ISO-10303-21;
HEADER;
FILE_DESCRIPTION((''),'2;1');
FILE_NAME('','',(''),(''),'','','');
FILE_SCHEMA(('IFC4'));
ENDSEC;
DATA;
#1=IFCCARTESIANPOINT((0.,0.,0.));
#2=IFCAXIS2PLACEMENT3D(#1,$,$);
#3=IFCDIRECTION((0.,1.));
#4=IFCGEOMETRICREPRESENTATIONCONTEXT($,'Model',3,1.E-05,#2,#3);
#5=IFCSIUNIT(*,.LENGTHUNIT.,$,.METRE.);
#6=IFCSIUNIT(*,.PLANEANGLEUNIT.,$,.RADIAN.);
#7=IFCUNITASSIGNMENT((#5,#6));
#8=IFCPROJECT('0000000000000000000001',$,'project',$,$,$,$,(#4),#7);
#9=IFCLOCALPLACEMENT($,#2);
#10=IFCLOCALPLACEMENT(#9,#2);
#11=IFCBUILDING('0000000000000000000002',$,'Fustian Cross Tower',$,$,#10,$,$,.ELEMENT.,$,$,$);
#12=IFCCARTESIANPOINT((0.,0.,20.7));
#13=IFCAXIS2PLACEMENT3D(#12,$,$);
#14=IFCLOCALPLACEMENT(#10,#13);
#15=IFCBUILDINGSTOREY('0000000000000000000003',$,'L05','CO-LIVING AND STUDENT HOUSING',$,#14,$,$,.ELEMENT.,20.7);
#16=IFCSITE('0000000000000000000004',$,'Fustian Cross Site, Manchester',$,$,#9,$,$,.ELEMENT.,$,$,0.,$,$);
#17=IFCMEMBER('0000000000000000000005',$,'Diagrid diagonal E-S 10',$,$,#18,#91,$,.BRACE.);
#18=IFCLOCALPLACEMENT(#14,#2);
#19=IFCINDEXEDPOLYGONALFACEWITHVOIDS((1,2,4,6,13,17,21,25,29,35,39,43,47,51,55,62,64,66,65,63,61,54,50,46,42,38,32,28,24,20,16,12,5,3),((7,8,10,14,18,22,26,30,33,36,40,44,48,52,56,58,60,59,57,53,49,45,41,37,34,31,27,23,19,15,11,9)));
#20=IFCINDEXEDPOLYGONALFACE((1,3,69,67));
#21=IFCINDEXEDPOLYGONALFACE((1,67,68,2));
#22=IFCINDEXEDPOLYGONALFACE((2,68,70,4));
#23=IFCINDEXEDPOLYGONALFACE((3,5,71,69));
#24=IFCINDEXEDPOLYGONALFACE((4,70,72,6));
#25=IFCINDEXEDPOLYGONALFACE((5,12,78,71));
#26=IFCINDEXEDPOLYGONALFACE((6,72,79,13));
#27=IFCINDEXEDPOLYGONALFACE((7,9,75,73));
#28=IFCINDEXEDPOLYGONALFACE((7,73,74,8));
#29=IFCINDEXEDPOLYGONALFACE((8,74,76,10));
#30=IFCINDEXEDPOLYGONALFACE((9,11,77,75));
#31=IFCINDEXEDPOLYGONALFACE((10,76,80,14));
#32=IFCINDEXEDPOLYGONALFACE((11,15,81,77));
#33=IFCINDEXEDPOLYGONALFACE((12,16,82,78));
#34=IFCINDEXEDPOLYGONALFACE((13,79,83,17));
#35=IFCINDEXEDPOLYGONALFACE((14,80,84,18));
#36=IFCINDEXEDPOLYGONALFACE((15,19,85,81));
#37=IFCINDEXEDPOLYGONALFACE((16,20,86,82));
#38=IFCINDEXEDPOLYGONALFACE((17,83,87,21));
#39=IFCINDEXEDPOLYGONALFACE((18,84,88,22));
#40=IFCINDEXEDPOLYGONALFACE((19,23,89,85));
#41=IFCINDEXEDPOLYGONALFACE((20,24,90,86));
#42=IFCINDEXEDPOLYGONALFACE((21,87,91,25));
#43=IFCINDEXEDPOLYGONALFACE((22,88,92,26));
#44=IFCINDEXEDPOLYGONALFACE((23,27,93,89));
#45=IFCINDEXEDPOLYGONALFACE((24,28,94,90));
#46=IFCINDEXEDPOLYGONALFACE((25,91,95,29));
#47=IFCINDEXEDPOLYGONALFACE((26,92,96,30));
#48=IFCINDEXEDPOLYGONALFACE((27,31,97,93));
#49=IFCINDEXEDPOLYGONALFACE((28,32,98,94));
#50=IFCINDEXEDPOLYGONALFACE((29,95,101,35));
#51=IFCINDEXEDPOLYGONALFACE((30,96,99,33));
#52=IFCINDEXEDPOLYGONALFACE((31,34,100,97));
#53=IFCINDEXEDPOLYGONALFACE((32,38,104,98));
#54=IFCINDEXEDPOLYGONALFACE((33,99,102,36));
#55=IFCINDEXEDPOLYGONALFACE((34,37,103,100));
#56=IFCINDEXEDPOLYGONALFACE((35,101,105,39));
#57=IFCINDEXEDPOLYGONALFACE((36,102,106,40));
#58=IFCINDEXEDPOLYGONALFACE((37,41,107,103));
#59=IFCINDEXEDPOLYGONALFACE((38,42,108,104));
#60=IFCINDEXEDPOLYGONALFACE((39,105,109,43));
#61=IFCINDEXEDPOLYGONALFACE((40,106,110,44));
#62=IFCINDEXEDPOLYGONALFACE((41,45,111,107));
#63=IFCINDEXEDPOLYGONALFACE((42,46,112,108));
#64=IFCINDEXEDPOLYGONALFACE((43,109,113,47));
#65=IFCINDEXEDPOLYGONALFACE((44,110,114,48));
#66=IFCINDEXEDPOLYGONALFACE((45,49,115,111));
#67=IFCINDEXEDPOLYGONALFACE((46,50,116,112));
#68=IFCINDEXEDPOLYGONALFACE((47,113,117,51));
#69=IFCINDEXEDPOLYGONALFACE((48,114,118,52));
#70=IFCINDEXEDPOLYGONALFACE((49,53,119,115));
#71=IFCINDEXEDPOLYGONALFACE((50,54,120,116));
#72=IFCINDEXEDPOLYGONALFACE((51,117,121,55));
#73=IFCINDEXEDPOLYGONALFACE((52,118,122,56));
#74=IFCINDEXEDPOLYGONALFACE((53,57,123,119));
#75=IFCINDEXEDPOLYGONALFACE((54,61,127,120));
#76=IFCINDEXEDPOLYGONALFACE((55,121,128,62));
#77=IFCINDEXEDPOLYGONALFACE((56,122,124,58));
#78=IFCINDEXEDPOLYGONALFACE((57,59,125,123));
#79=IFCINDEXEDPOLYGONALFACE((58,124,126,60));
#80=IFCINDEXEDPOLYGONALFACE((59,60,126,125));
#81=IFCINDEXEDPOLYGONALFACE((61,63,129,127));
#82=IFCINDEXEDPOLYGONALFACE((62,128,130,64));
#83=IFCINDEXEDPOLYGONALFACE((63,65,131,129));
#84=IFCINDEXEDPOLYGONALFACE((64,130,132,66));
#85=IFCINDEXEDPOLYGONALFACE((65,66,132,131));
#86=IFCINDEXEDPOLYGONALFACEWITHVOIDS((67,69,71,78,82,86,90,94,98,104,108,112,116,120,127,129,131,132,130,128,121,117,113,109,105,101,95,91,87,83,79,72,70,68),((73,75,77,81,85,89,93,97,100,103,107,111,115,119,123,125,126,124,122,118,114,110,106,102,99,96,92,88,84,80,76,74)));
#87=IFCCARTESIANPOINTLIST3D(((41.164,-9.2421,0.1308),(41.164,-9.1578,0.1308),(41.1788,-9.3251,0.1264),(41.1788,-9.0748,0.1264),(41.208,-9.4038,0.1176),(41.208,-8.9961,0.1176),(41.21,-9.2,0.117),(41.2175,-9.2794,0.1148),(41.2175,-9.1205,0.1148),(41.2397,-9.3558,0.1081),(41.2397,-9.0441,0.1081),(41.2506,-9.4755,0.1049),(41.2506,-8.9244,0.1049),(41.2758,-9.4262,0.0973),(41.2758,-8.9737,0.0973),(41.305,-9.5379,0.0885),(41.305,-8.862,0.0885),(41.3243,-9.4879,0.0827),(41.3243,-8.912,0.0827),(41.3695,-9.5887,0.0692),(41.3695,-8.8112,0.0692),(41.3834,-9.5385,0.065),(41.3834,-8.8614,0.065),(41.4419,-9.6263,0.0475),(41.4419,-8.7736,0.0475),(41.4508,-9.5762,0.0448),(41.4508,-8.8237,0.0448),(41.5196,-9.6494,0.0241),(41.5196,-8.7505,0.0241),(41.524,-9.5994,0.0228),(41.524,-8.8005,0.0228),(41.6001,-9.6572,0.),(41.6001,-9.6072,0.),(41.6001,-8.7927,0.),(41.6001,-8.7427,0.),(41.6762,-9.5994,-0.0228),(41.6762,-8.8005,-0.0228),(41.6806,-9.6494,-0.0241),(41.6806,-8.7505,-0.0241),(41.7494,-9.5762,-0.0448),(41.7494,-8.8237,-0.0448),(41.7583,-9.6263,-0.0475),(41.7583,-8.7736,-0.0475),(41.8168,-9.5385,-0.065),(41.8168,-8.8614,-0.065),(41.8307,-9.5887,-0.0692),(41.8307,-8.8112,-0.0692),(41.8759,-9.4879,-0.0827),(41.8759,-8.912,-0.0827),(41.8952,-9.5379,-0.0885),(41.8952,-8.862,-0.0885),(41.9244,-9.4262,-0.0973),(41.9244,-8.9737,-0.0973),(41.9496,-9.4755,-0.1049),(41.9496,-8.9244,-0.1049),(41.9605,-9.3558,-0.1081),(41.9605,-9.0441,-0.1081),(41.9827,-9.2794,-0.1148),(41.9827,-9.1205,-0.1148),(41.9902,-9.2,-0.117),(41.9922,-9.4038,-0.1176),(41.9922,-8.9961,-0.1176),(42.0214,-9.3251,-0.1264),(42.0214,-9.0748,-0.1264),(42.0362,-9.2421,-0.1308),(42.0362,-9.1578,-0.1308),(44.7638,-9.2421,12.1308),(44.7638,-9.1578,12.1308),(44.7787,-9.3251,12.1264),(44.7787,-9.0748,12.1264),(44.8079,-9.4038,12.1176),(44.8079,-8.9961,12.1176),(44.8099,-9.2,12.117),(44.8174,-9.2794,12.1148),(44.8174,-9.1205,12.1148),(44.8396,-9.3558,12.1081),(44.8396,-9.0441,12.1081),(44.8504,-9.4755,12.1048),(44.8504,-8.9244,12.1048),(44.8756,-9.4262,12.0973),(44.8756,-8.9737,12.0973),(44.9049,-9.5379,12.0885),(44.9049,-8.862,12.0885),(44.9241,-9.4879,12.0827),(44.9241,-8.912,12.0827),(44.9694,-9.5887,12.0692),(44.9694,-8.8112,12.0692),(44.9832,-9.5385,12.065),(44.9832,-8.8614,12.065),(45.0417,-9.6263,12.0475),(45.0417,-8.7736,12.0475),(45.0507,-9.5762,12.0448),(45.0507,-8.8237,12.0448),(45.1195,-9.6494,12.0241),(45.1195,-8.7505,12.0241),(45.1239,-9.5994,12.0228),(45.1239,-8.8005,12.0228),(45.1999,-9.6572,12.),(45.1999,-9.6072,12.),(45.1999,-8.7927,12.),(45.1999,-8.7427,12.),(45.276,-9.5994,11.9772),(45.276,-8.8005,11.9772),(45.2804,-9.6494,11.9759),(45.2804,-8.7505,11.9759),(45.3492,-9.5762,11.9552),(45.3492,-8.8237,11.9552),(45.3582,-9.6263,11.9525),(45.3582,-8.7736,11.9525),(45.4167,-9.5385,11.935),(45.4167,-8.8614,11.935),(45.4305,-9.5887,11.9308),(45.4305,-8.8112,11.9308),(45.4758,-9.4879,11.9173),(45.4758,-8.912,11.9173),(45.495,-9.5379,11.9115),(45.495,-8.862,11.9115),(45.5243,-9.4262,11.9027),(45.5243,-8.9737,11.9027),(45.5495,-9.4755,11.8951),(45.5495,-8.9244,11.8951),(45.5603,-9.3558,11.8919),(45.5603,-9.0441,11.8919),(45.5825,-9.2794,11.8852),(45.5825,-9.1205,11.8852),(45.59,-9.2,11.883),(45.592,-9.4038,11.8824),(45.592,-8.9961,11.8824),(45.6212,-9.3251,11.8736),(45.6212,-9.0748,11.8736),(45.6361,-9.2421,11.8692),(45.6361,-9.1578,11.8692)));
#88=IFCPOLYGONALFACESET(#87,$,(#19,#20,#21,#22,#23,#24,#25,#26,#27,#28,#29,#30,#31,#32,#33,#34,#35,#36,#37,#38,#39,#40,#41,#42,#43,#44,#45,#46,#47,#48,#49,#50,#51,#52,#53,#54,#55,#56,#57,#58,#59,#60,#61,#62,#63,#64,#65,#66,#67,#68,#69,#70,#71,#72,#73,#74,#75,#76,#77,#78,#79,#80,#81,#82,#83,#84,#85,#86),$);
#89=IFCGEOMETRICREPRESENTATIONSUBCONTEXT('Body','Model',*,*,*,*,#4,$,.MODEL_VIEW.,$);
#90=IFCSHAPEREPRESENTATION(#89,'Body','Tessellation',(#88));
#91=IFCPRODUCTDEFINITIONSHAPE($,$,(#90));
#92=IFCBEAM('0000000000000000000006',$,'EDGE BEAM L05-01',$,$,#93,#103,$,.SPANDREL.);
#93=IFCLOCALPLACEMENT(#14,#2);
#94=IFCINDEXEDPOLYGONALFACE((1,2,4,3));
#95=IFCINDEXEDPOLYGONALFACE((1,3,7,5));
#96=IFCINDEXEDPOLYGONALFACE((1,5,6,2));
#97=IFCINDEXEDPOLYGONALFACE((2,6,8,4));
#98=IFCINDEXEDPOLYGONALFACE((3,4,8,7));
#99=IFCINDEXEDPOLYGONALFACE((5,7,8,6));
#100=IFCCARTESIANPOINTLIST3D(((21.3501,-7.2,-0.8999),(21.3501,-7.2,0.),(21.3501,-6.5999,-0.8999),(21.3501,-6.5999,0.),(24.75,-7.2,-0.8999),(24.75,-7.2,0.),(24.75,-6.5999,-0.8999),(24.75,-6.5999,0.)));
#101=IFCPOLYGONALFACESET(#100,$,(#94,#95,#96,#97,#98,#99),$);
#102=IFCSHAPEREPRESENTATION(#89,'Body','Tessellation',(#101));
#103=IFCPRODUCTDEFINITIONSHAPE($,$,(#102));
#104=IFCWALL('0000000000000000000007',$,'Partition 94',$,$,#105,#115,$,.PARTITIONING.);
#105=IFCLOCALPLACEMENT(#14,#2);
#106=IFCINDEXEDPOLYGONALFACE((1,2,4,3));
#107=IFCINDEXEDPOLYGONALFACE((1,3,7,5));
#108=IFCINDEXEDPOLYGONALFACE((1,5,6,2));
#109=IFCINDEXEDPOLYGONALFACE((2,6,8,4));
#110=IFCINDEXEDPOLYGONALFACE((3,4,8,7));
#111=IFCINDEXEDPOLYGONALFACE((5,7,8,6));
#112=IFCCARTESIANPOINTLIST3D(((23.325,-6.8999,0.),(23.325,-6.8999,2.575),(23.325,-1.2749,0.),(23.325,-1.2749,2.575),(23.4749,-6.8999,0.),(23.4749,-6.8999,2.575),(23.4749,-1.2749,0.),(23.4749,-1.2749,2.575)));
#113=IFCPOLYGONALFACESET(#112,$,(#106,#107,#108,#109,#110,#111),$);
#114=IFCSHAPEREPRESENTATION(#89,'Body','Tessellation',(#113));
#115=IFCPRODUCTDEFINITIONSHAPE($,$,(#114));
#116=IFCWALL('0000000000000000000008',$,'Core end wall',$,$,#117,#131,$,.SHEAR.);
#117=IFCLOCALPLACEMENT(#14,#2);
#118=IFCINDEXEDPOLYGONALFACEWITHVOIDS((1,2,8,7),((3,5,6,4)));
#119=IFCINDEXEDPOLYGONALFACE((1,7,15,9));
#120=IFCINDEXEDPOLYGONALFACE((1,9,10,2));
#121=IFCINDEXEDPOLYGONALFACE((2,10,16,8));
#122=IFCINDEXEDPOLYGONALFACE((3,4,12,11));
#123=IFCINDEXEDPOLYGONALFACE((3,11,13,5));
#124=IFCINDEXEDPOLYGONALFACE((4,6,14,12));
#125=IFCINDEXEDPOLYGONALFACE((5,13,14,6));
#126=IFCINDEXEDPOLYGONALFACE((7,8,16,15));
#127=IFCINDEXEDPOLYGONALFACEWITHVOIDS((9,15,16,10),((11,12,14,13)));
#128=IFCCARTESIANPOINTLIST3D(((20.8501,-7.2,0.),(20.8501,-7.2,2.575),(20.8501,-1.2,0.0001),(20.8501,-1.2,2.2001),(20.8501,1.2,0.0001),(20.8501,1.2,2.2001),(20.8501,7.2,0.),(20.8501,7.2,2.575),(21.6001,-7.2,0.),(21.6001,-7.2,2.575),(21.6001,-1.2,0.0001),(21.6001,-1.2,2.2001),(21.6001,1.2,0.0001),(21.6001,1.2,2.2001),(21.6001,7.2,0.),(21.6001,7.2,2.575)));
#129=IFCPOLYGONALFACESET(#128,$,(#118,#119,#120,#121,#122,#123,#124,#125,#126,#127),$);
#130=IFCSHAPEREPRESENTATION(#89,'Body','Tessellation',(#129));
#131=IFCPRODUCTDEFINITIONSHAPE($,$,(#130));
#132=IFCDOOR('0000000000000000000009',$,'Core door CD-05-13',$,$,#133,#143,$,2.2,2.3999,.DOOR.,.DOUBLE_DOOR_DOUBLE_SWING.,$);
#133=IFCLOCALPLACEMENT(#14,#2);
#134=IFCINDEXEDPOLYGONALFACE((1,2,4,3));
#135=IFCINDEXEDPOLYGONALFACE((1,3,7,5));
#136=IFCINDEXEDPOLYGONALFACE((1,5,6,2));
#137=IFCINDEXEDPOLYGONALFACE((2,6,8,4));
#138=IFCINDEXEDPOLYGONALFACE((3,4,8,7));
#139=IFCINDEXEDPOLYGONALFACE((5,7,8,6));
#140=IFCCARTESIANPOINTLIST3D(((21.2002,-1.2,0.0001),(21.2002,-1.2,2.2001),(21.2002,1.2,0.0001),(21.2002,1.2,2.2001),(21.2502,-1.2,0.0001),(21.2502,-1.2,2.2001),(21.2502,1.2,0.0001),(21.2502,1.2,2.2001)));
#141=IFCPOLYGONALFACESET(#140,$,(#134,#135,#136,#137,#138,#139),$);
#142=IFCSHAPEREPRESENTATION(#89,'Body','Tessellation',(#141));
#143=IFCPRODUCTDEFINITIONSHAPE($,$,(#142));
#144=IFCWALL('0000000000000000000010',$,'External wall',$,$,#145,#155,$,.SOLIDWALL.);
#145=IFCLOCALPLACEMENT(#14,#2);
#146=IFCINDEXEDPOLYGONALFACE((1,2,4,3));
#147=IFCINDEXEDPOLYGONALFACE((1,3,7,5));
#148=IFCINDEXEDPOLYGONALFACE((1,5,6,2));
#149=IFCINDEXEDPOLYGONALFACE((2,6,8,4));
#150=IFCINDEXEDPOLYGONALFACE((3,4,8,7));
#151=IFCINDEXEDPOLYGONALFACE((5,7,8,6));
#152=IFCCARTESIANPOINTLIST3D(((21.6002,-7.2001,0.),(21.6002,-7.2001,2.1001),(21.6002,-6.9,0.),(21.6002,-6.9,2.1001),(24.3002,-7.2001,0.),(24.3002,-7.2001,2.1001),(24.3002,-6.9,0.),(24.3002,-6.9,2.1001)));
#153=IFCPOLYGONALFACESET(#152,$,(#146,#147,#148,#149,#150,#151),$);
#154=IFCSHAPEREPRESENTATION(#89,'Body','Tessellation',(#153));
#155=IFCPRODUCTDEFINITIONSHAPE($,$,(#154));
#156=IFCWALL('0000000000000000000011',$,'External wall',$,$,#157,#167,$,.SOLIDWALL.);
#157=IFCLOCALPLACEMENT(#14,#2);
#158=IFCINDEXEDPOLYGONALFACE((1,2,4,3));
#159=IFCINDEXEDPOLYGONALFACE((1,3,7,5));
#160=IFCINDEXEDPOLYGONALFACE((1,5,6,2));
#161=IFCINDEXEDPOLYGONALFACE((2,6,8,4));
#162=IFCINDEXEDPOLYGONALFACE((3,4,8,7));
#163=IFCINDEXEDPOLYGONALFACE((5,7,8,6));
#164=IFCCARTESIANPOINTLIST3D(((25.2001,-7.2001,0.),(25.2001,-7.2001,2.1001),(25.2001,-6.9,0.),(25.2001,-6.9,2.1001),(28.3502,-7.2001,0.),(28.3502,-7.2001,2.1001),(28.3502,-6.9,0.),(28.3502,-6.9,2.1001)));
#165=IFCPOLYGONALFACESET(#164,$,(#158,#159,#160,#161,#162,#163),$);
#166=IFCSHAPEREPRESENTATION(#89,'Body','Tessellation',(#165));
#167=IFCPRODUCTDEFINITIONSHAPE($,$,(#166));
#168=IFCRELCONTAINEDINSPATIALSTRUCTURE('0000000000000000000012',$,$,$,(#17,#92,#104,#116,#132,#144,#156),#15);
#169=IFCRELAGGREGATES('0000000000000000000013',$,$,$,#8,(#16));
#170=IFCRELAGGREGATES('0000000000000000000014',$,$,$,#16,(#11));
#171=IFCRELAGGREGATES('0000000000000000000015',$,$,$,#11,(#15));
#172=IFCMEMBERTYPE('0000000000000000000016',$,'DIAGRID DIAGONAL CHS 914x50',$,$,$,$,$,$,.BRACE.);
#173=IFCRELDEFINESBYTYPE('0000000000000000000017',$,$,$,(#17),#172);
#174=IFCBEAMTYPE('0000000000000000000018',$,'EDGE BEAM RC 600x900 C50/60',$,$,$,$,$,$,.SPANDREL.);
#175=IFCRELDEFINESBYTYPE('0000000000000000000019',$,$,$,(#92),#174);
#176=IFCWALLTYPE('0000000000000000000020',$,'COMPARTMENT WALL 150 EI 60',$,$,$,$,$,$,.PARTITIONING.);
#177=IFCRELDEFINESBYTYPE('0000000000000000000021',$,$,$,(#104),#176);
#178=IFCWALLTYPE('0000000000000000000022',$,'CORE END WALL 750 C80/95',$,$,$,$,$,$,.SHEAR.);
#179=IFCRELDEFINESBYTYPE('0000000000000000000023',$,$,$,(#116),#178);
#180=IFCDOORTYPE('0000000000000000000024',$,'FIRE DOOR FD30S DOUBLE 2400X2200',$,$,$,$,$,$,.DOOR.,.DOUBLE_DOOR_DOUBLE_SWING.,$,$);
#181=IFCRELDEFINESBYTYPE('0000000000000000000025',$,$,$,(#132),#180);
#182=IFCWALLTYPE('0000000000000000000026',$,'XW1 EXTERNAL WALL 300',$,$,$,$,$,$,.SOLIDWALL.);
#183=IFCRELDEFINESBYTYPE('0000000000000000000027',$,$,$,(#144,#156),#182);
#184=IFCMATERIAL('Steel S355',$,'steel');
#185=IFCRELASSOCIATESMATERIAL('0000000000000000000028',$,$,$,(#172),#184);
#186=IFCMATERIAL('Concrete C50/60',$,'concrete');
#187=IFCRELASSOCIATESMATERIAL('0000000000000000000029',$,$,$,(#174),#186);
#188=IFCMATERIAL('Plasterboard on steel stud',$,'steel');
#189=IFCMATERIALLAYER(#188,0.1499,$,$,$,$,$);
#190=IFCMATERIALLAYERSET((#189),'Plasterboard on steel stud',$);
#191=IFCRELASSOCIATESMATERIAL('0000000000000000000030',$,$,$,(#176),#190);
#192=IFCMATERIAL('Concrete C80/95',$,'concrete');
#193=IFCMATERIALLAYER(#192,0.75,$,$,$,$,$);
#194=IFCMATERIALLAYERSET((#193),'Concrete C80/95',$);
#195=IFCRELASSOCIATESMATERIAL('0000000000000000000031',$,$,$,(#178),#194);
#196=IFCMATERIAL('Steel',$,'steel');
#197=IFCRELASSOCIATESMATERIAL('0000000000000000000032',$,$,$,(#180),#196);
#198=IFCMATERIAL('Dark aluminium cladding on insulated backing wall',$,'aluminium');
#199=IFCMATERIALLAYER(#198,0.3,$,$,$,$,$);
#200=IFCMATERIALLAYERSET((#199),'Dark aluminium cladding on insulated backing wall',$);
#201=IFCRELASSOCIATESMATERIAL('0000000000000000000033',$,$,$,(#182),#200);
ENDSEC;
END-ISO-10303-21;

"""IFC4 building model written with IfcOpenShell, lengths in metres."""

from ifc_helpers import new_model, si_unit, direction, frame, frame_2d, origin, origin_2d, place, context, subcontext, project, spatial, rectangle, hollow_circle, extrude, material, layer, layer_set, material_profile, profile_set, type_object, element, fill, save


model = new_model("IFC4")

# Units and contexts
model_context = context("Model", 3, precision=1e-05, world=origin(), true_north=direction((0.0, 1.0)))
body_context = subcontext(model_context, "Body", "Model", "MODEL_VIEW")
ifc_project = project(units=[si_unit("LENGTHUNIT", "METRE"), si_unit("PLANEANGLEUNIT", "RADIAN")], contexts=[model_context])

# Site, building, storey
site_placement = place(None, origin())
site = spatial("IfcSite", under=ifc_project, at=site_placement, Name="Fustian Cross Site, Manchester", CompositionType="ELEMENT", RefElevation=0.0)
building_placement = place(site_placement, origin())
building = spatial("IfcBuilding", under=site, at=building_placement, Name="Fustian Cross Tower", CompositionType="ELEMENT")
storey_placement = place(building_placement, frame((0.0, 0.0, 20.7)))
storey = spatial("IfcBuildingStorey", under=building, at=storey_placement, Name="L05", Description="CO-LIVING AND STUDENT HOUSING", CompositionType="ELEMENT", Elevation=20.7)

# Member
ifc_material_1 = material(Name="Steel S355", Category="steel")
ifc_material_profile_1 = material_profile(ifc_material_1, hollow_circle(Radius=0.4573, WallThickness=0.05, at=origin_2d()), Name="CHS 914x50")
ifc_profile_set_1 = profile_set([ifc_material_profile_1], Name="Steel S355")
member_type_1 = type_object("IfcMemberType", Name="DIAGRID DIAGONAL CHS 914x50", PredefinedType="BRACE", material=ifc_profile_set_1)
member_placement = place(storey_placement, frame((41.6001, -9.2, 0.0), z_axis=(0.287337, 0.0, 0.95783), x_axis=(0.0, 1.0, 0.0)))
element("IfcMember", 1, at=member_placement, inside=storey, type_object=member_type_1, Name="Diagrid diagonal E-S 10", PredefinedType="BRACE", context=body_context, shape_type="SweptSolid", body=[
    extrude(hollow_circle(Radius=0.4573, WallThickness=0.05, at=origin_2d()), origin(), (0.0, 0.0, 1.0), 12.5283),
])

# Beam
ifc_material_2 = material(Name="Concrete C50/60", Category="concrete")
ifc_material_profile_2 = material_profile(ifc_material_2, rectangle(XDim=0.6001, YDim=0.8999, at=origin_2d()), Name="RC 600x900")
ifc_profile_set_2 = profile_set([ifc_material_profile_2], Name="Concrete C50/60")
beam_type = type_object("IfcBeamType", Name="EDGE BEAM RC 600x900 C50/60", PredefinedType="SPANDREL", material=ifc_profile_set_2)
beam_placement = place(storey_placement, frame((21.3501, -6.8999, -0.45), z_axis=(1.0, 0.0, 0.0), x_axis=(0.0, 1.0, 0.0)))
element("IfcBeam", 2, at=beam_placement, inside=storey, type_object=beam_type, Name="EDGE BEAM L05-01", PredefinedType="SPANDREL", context=body_context, shape_type="SweptSolid", body=[
    extrude(rectangle(XDim=0.6001, YDim=0.8999, at=origin_2d()), origin(), (0.0, 0.0, 1.0), 3.3999),
])

# Wall
ifc_material_3 = material(Name="Plasterboard on steel stud", Category="steel")
ifc_layer_1 = layer(ifc_material_3, 0.1499)
ifc_layer_set_1 = layer_set([ifc_layer_1], Name="Plasterboard on steel stud")
wall_type_1 = type_object("IfcWallType", Name="COMPARTMENT WALL 150 EI 60", PredefinedType="PARTITIONING", material=ifc_layer_set_1)
wall_1_placement = place(storey_placement, frame((23.3999, -6.8999, 0.0), z_axis=(0.0, 0.0, 1.0), x_axis=(0.0, 1.0, 0.0)))
element("IfcWall", 3, at=wall_1_placement, inside=storey, type_object=wall_type_1, Name="Partition 94", PredefinedType="PARTITIONING", context=body_context, shape_type="SweptSolid", body=[
    extrude(rectangle(XDim=5.625, YDim=0.1499, at=frame_2d((2.8125, 0.0))), origin(), (0.0, 0.0, 1.0), 2.575),
])

# Wall, opening, door
ifc_material_4 = material(Name="Concrete C80/95", Category="concrete")
ifc_layer_2 = layer(ifc_material_4, 0.75)
ifc_layer_set_2 = layer_set([ifc_layer_2], Name="Concrete C80/95")
wall_type_2 = type_object("IfcWallType", Name="CORE END WALL 750 C80/95", PredefinedType="SHEAR", material=ifc_layer_set_2)
wall_2_placement = place(storey_placement, frame((21.2251, -7.2, 0.0), z_axis=(0.0, 0.0, 1.0), x_axis=(0.0, 1.0, 0.0)))
wall_2 = element("IfcWall", 4, at=wall_2_placement, inside=storey, type_object=wall_type_2, Name="Core end wall", PredefinedType="SHEAR", context=body_context, shape_type="SweptSolid", body=[
    extrude(rectangle(XDim=14.3999, YDim=0.75, at=frame_2d((7.2, 0.0))), origin(), (0.0, 0.0, 1.0), 2.575),
])
opening_1_placement = place(wall_2_placement, frame((6.0, 0.0, 0.0)))
opening_1 = element("IfcOpeningElement", 5, at=opening_1_placement, cuts=wall_2, PredefinedType="OPENING", context=body_context, shape_type="SweptSolid", body=[
    extrude(rectangle(XDim=2.3999, YDim=2.2, at=frame_2d((1.2, 1.1001))), frame((0.0, 0.385, 0.0), z_axis=(0.0, -1.0, 0.0), x_axis=(1.0, 0.0, 0.0)), (0.0, 0.0, 1.0), 0.77),
])
ifc_material_5 = material(Name="Steel", Category="steel")
door_type = type_object("IfcDoorType", Name="FIRE DOOR FD30S DOUBLE 2400X2200", OperationType="DOUBLE_DOOR_DOUBLE_SWING", PredefinedType="DOOR", material=ifc_material_5)
door_placement = place(opening_1_placement, origin())
door = element("IfcDoor", 6, at=door_placement, inside=storey, type_object=door_type, Name="Core door CD-05-13", OperationType="DOUBLE_DOOR_DOUBLE_SWING", OverallHeight=2.2, OverallWidth=2.3999, PredefinedType="DOOR", context=body_context, shape_type="SweptSolid", body=[
    extrude(rectangle(XDim=2.3999, YDim=2.2, at=frame_2d((1.2, 1.1001))), frame((0.0, 0.0249, 0.0), z_axis=(0.0, -1.0, 0.0), x_axis=(1.0, 0.0, 0.0)), (0.0, 0.0, 1.0), 0.05),
])
fill(opening_1, door)

# Walls
ifc_material_6 = material(Name="Dark aluminium cladding on insulated backing wall", Category="aluminium")
ifc_layer_3 = layer(ifc_material_6, 0.3)
ifc_layer_set_3 = layer_set([ifc_layer_3], Name="Dark aluminium cladding on insulated backing wall")
wall_type_3 = type_object("IfcWallType", Name="XW1 EXTERNAL WALL 300", PredefinedType="SOLIDWALL", material=ifc_layer_set_3)
wall_3_placement = place(storey_placement, frame((21.6001, -7.05, 0.0), z_axis=(0.0, 0.0, 1.0), x_axis=(1.0, 0.0, 0.0)))
element("IfcWall", 7, at=wall_3_placement, inside=storey, type_object=wall_type_3, Name="External wall", PredefinedType="SOLIDWALL", context=body_context, shape_type="SweptSolid", body=[
    extrude(rectangle(XDim=2.7, YDim=0.3, at=frame_2d((1.3501, 0.0))), origin(), (0.0, 0.0, 1.0), 2.1001),
])
wall_4_placement = place(storey_placement, frame((25.2, -7.05, 0.0), z_axis=(0.0, 0.0, 1.0), x_axis=(1.0, 0.0, 0.0)))
element("IfcWall", 8, at=wall_4_placement, inside=storey, type_object=wall_type_3, Name="External wall", PredefinedType="SOLIDWALL", context=body_context, shape_type="SweptSolid", body=[
    extrude(rectangle(XDim=3.1501, YDim=0.3, at=frame_2d((1.5752, 0.0))), origin(), (0.0, 0.0, 1.0), 2.1001),
])

save(model, "model.ifc")
